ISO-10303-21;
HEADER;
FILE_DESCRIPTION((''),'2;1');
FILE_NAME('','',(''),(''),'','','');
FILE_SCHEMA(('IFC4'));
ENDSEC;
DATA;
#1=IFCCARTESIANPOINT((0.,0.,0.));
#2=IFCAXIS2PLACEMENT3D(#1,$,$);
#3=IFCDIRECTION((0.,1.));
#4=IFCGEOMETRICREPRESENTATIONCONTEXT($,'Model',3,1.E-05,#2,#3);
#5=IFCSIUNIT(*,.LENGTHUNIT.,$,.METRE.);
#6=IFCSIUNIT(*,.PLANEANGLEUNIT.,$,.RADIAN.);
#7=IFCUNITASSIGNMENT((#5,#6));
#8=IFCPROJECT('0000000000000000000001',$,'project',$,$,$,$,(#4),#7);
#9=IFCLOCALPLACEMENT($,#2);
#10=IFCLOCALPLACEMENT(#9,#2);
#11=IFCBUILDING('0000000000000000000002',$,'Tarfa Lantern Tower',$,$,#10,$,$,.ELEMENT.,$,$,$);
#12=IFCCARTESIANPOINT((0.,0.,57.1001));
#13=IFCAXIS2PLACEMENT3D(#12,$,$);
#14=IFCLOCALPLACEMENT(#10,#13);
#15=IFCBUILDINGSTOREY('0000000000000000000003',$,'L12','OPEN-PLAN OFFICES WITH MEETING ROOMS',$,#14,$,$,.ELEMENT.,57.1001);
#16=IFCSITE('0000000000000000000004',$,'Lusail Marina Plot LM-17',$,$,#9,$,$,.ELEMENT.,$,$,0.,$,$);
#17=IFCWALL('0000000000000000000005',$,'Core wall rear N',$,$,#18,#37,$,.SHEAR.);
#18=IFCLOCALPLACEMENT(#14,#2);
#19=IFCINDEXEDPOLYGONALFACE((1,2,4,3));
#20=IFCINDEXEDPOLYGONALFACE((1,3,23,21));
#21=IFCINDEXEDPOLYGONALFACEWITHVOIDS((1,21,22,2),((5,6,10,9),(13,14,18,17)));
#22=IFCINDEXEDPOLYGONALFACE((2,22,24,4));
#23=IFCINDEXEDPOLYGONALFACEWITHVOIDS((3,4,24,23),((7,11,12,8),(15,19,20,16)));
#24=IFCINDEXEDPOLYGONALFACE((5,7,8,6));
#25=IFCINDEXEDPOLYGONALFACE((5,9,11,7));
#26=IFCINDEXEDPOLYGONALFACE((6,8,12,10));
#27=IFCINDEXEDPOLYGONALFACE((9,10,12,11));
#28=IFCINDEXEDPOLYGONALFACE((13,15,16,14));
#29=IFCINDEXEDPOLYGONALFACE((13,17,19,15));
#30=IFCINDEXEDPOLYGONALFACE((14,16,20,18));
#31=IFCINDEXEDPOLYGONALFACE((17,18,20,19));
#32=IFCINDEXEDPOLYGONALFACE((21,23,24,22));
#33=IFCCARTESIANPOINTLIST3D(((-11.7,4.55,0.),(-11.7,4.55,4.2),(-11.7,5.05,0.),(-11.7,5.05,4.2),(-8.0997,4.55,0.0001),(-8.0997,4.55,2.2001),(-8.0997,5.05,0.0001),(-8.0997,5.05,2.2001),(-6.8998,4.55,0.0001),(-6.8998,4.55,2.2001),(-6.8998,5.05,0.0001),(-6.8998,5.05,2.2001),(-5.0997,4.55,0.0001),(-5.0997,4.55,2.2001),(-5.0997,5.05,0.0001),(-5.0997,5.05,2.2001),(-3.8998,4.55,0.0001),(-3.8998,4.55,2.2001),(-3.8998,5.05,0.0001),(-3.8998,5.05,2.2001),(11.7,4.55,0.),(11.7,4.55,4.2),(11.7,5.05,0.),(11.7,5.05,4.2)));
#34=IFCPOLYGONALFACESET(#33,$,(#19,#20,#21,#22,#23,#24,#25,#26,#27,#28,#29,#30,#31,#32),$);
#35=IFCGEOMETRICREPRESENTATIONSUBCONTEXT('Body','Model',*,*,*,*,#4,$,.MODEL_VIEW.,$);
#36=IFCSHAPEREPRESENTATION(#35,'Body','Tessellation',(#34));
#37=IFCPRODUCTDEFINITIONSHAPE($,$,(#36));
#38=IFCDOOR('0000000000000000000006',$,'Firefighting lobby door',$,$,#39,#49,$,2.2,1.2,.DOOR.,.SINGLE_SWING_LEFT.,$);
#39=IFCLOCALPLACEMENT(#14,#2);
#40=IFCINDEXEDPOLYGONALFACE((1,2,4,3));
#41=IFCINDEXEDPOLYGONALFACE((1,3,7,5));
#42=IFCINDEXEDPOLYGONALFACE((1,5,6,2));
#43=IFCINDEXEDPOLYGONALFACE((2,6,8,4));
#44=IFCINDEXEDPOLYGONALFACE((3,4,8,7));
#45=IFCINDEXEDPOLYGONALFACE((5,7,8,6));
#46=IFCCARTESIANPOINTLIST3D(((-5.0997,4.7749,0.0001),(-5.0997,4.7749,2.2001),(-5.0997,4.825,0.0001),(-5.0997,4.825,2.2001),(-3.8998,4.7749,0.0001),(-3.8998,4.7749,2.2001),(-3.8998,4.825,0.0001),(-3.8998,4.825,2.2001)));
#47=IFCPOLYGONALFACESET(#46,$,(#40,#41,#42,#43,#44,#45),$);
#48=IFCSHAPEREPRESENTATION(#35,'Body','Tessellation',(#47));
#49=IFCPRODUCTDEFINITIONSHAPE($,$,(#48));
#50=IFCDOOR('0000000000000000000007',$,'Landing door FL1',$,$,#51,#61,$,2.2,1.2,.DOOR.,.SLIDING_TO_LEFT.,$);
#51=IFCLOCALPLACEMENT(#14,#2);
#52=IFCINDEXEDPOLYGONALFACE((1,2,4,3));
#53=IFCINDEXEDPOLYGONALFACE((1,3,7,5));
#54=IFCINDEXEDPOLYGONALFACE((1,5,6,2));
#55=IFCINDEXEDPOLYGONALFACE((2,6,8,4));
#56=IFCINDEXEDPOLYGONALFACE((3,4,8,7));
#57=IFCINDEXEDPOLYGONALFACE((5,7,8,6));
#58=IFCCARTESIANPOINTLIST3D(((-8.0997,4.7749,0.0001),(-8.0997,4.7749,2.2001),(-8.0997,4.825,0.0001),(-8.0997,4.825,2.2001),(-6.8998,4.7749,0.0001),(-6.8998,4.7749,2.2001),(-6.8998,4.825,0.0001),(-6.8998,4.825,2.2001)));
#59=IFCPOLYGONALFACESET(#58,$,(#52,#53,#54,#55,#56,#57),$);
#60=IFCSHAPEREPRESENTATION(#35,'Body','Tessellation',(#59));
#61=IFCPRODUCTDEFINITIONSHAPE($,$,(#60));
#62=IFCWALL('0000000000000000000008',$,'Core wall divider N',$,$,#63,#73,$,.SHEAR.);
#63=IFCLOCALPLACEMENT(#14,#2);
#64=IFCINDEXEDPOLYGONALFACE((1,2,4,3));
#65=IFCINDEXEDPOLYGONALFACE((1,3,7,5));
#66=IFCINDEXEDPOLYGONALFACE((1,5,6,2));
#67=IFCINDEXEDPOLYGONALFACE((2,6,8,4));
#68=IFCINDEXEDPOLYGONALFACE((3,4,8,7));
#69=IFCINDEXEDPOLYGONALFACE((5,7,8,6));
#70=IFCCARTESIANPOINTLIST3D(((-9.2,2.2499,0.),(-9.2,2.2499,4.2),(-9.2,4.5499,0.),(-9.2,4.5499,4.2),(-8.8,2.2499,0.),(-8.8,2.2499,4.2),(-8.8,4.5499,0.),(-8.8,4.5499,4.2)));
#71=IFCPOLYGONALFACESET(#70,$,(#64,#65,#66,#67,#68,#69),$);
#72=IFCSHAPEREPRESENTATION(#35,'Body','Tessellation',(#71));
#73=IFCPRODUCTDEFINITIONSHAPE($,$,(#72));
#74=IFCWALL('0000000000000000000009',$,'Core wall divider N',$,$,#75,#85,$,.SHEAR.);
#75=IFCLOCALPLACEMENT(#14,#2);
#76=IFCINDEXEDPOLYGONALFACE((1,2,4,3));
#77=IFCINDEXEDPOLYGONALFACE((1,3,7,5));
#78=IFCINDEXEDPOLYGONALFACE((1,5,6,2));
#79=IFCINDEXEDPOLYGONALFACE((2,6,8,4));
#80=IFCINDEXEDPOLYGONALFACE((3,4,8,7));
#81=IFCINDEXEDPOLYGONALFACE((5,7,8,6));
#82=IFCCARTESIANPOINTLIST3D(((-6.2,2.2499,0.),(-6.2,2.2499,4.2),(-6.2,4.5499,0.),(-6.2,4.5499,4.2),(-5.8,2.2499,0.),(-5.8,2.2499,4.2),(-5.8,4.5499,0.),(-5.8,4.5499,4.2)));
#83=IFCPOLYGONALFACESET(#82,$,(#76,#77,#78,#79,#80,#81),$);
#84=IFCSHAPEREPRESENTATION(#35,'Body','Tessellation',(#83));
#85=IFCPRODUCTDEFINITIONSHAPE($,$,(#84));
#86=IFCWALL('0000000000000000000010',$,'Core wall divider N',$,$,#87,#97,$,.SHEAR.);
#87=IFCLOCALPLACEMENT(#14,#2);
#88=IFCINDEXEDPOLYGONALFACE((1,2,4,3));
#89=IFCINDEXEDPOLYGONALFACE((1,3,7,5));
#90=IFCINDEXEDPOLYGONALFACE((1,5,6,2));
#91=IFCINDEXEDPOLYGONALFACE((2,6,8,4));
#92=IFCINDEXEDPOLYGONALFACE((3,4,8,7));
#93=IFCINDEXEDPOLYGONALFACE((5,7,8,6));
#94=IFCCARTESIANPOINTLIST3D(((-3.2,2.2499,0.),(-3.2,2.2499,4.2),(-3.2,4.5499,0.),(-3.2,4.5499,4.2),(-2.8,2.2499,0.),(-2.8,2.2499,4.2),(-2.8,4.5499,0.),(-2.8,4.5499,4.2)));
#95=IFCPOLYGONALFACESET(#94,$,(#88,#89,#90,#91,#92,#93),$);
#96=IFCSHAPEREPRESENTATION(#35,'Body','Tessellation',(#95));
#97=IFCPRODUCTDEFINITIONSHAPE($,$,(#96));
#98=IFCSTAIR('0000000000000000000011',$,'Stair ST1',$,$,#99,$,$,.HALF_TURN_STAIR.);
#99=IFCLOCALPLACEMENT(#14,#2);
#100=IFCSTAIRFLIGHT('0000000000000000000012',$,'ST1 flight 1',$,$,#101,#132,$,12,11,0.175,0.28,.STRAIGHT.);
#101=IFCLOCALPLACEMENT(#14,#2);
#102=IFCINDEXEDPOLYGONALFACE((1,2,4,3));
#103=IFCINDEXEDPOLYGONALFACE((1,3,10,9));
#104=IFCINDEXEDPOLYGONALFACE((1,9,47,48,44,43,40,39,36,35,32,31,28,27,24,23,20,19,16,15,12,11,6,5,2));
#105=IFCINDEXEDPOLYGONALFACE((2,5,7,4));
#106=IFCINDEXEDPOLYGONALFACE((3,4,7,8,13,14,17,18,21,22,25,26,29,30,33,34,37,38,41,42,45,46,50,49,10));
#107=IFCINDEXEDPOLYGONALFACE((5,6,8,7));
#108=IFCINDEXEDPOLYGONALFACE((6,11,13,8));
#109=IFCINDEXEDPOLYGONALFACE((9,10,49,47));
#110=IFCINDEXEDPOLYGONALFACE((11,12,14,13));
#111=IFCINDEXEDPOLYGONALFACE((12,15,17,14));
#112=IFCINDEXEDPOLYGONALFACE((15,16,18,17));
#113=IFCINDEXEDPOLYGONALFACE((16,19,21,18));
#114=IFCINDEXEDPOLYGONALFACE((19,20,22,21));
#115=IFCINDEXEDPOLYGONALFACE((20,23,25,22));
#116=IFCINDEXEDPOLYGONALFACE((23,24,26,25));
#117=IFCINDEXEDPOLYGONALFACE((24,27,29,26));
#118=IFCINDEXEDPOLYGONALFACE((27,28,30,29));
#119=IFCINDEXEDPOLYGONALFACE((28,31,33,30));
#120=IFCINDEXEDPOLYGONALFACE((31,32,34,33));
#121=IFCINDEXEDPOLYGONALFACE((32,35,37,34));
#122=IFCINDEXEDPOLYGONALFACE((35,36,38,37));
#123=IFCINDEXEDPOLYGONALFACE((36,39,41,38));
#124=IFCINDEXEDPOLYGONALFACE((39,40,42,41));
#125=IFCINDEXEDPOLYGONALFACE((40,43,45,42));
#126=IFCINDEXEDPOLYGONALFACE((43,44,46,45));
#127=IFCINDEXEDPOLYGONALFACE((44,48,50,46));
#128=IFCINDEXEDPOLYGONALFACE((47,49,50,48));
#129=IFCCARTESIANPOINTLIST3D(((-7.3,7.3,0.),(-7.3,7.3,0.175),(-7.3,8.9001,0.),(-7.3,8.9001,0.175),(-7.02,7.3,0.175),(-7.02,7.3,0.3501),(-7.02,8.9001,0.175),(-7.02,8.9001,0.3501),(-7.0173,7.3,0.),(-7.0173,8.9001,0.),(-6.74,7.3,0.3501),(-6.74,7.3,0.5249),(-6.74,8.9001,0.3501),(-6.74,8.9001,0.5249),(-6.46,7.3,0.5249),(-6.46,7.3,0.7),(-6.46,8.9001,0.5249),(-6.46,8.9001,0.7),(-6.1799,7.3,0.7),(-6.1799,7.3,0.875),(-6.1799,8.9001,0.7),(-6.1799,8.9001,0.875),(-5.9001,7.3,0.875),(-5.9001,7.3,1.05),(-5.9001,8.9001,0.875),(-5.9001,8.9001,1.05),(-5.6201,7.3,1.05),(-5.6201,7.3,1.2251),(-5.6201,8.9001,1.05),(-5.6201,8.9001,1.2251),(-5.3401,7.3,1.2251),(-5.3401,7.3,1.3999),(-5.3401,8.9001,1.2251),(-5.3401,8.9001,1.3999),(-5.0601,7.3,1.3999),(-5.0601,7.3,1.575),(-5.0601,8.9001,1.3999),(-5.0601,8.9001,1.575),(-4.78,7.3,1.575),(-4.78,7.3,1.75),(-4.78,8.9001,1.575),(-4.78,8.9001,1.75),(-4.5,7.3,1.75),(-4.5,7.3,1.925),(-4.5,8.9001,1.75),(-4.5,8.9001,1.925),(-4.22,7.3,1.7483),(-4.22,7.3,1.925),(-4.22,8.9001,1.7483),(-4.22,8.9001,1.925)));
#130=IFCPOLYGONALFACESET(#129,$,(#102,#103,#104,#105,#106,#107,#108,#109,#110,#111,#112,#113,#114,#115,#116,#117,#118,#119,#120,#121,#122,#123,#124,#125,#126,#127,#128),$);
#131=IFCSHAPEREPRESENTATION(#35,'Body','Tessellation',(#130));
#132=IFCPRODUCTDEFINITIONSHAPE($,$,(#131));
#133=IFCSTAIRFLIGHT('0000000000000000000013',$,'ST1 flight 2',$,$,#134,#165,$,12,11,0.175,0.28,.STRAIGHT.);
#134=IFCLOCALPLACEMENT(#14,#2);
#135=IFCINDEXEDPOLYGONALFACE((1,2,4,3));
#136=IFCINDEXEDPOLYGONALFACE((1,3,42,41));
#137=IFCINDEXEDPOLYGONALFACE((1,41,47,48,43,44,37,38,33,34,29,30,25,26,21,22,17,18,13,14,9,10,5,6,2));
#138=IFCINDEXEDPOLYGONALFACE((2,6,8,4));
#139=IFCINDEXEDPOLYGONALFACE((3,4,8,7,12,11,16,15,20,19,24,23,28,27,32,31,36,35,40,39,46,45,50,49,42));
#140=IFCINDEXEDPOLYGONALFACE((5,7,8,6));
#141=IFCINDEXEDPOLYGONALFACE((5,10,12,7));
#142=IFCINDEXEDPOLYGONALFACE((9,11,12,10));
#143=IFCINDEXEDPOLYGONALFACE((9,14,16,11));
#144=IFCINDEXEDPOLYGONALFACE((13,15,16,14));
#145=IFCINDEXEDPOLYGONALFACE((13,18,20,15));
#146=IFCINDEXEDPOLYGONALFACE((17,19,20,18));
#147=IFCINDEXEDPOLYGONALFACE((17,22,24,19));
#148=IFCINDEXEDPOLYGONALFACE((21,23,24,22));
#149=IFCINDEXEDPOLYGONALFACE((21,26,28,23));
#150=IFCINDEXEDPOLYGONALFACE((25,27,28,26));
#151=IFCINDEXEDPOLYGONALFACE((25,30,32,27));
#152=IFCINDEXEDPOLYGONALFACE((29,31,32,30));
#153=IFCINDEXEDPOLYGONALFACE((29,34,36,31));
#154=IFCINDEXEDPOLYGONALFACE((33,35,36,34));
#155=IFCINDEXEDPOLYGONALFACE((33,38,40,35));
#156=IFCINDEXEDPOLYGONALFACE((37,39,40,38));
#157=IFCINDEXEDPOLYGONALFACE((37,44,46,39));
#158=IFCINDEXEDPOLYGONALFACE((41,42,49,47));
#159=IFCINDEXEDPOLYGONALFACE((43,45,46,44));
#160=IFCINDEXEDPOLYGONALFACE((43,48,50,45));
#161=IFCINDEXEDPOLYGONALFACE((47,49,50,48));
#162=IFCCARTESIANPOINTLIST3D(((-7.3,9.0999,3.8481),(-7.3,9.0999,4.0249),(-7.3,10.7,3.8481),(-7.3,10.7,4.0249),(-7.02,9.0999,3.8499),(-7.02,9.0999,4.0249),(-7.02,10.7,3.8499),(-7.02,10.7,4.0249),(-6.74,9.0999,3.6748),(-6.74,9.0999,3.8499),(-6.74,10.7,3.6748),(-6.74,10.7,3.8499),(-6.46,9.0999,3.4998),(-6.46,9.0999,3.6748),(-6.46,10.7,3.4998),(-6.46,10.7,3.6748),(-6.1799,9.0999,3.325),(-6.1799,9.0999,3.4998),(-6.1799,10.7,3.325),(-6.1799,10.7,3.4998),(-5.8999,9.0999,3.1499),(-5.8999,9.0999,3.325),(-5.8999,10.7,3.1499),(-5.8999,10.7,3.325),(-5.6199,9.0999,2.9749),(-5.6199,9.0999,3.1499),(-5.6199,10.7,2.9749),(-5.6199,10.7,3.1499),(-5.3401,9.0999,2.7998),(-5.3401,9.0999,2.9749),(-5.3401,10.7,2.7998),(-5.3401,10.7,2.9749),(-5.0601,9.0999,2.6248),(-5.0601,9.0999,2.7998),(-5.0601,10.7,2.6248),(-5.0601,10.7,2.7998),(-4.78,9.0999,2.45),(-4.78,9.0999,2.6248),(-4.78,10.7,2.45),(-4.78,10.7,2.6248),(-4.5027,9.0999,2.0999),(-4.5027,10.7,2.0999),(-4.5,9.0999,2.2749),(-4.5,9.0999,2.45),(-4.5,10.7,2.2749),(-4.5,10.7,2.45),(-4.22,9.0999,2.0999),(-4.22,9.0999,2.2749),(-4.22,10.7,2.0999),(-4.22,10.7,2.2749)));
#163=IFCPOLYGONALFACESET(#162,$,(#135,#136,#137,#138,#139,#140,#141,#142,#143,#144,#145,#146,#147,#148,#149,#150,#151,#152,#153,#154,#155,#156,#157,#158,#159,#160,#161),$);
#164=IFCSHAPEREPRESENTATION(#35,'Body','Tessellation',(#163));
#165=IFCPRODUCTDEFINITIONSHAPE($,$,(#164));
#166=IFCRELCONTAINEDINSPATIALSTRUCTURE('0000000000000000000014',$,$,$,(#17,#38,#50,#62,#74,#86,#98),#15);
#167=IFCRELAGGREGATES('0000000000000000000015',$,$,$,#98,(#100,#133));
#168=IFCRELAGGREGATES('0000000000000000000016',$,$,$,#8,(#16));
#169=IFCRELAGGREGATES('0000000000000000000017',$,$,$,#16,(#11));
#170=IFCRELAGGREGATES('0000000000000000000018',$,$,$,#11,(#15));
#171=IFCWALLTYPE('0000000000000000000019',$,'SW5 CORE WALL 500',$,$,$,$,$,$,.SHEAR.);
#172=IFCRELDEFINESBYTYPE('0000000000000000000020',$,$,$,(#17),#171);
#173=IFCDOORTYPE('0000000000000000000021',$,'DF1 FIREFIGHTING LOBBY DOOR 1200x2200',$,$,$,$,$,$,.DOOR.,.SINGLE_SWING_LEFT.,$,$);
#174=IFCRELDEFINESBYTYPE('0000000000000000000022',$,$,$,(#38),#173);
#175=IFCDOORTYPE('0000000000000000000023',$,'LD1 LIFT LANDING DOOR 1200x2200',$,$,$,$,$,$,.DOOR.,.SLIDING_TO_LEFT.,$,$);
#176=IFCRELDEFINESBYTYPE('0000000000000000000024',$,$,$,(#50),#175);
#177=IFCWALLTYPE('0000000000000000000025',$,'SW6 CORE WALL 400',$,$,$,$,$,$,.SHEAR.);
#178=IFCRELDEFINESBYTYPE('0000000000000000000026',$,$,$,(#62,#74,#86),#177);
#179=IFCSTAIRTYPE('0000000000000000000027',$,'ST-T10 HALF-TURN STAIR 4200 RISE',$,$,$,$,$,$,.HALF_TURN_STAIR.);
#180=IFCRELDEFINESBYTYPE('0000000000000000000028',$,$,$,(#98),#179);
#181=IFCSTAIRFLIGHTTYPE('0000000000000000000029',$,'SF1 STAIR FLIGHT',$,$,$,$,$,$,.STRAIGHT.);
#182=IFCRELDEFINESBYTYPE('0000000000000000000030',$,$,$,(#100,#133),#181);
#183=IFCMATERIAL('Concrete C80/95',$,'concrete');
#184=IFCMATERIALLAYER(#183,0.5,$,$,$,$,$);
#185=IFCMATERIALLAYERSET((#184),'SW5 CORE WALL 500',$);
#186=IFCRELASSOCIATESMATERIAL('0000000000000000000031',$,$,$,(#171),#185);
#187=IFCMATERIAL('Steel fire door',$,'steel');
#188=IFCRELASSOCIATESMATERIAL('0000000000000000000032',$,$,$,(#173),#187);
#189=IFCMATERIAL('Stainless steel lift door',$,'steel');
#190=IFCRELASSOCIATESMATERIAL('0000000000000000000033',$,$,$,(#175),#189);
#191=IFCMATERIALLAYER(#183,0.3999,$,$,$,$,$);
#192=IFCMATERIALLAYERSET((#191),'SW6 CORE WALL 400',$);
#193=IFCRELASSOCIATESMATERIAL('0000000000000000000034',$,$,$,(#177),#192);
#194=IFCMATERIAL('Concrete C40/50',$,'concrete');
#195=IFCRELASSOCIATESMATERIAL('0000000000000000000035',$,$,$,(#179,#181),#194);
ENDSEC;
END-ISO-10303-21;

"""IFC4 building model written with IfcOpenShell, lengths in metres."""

from ifc_helpers import new_model, si_unit, direction, frame, frame_2d, origin, place, context, subcontext, project, spatial, polyline, rectangle, outline, extrude, material, layer, layer_set, type_object, element, fill, aggregate, save


model = new_model("IFC4")

# Units and contexts
model_context = context("Model", 3, precision=1e-05, world=origin(), true_north=direction((0.0, 1.0)))
body_context = subcontext(model_context, "Body", "Model", "MODEL_VIEW")
ifc_project = project(units=[si_unit("LENGTHUNIT", "METRE"), si_unit("PLANEANGLEUNIT", "RADIAN")], contexts=[model_context])

# Site, building, storey
site_placement = place(None, origin())
site = spatial("IfcSite", under=ifc_project, at=site_placement, Name="Lusail Marina Plot LM-17", CompositionType="ELEMENT", RefElevation=0.0)
building_placement = place(site_placement, origin())
building = spatial("IfcBuilding", under=site, at=building_placement, Name="Tarfa Lantern Tower", CompositionType="ELEMENT")
storey_placement = place(building_placement, frame((0.0, 0.0, 57.1001)))
storey = spatial("IfcBuildingStorey", under=building, at=storey_placement, Name="L12", Description="OPEN-PLAN OFFICES WITH MEETING ROOMS", CompositionType="ELEMENT", Elevation=57.1001)

# Shared definitions
ifc_material_1 = material(Name="Concrete C80/95", Category="concrete")

# Shared definitions
ifc_material_2 = material(Name="Steel fire door", Category="steel")

# Wall, openings, doors
ifc_layer_1 = layer(ifc_material_1, 0.5)
ifc_layer_set_1 = layer_set([ifc_layer_1], Name="SW5 CORE WALL 500")
wall_type_1 = type_object("IfcWallType", Name="SW5 CORE WALL 500", PredefinedType="SHEAR", material=ifc_layer_set_1)
ifc_material_3 = material(Name="Stainless steel lift door", Category="steel")
wall_1_placement = place(storey_placement, frame((-11.7, 4.8, 0.0), z_axis=(0.0, 0.0, 1.0), x_axis=(1.0, 0.0, 0.0)))
wall_1 = element("IfcWall", 1, at=wall_1_placement, inside=storey, type_object=wall_type_1, Name="Core wall rear N", PredefinedType="SHEAR", context=body_context, shape_type="SweptSolid", body=[
    extrude(rectangle(XDim=23.3999, YDim=0.5, at=frame_2d((11.7, 0.0))), origin(), (0.0, 0.0, 1.0), 4.2),
])
opening_1_placement = place(wall_1_placement, frame((6.6001, 0.0, 0.0)))
opening_1 = element("IfcOpeningElement", 2, at=opening_1_placement, cuts=wall_1, PredefinedType="OPENING", context=body_context, shape_type="SweptSolid", body=[
    extrude(rectangle(XDim=1.2, YDim=2.2, at=frame_2d((0.6001, 1.1001))), frame((0.0, 0.26, 0.0), z_axis=(0.0, -1.0, 0.0), x_axis=(1.0, 0.0, 0.0)), (0.0, 0.0, 1.0), 0.52),
])
opening_2_placement = place(wall_1_placement, frame((3.6001, 0.0, 0.0)))
opening_2 = element("IfcOpeningElement", 3, at=opening_2_placement, cuts=wall_1, PredefinedType="OPENING", context=body_context, shape_type="SweptSolid", body=[
    extrude(rectangle(XDim=1.2, YDim=2.2, at=frame_2d((0.6001, 1.1001))), frame((0.0, 0.26, 0.0), z_axis=(0.0, -1.0, 0.0), x_axis=(1.0, 0.0, 0.0)), (0.0, 0.0, 1.0), 0.52),
])
door_type_1 = type_object("IfcDoorType", Name="DF1 FIREFIGHTING LOBBY DOOR 1200x2200", OperationType="SINGLE_SWING_LEFT", PredefinedType="DOOR", material=ifc_material_2)
door_1_placement = place(opening_1_placement, origin())
door_1 = element("IfcDoor", 4, at=door_1_placement, inside=storey, type_object=door_type_1, Name="Firefighting lobby door", OperationType="SINGLE_SWING_LEFT", OverallHeight=2.2, OverallWidth=1.2, PredefinedType="DOOR", context=body_context, shape_type="SweptSolid", body=[
    extrude(rectangle(XDim=1.2, YDim=2.2, at=frame_2d((0.6001, 1.1001))), frame((0.0, 0.0249, 0.0), z_axis=(0.0, -1.0, 0.0), x_axis=(1.0, 0.0, 0.0)), (0.0, 0.0, 1.0), 0.05),
])
fill(opening_1, door_1)
door_type_2 = type_object("IfcDoorType", Name="LD1 LIFT LANDING DOOR 1200x2200", OperationType="SLIDING_TO_LEFT", PredefinedType="DOOR", material=ifc_material_3)
door_2_placement = place(opening_2_placement, origin())
door_2 = element("IfcDoor", 5, at=door_2_placement, inside=storey, type_object=door_type_2, Name="Landing door FL1", OperationType="SLIDING_TO_LEFT", OverallHeight=2.2, OverallWidth=1.2, PredefinedType="DOOR", context=body_context, shape_type="SweptSolid", body=[
    extrude(rectangle(XDim=1.2, YDim=2.2, at=frame_2d((0.6001, 1.1001))), frame((0.0, 0.0249, 0.0), z_axis=(0.0, -1.0, 0.0), x_axis=(1.0, 0.0, 0.0)), (0.0, 0.0, 1.0), 0.05),
])
fill(opening_2, door_2)

# Walls
ifc_layer_2 = layer(ifc_material_1, 0.3999)
ifc_layer_set_2 = layer_set([ifc_layer_2], Name="SW6 CORE WALL 400")
wall_type_2 = type_object("IfcWallType", Name="SW6 CORE WALL 400", PredefinedType="SHEAR", material=ifc_layer_set_2)
for number, where, z_axis, x_axis, name in (
    (6, (-9.0, 2.25, 0.0), (0.0, 0.0, 1.0), (0.0, 1.0, 0.0), "Core wall divider N"),
    (7, (-6.0, 2.25, 0.0), (0.0, 0.0, 1.0), (0.0, 1.0, 0.0), "Core wall divider N"),
    (8, (-3.0, 2.25, 0.0), (0.0, 0.0, 1.0), (0.0, 1.0, 0.0), "Core wall divider N"),
):
    element("IfcWall", number, at=place(storey_placement, frame(where, z_axis=z_axis, x_axis=x_axis)), inside=storey, type_object=wall_type_2, Name=name, PredefinedType="SHEAR", context=body_context, shape_type="SweptSolid", body=[
        extrude(rectangle(XDim=2.3, YDim=0.3999, at=frame_2d((1.1499, 0.0))), origin(), (0.0, 0.0, 1.0), 4.2),
    ])

# Stair, stair flights
ifc_material_4 = material(Name="Concrete C40/50", Category="concrete")
stair_type = type_object("IfcStairType", Name="ST-T10 HALF-TURN STAIR 4200 RISE", PredefinedType="HALF_TURN_STAIR", material=ifc_material_4)
stair_placement = place(storey_placement, origin())
stair = element("IfcStair", 9, at=stair_placement, inside=storey, type_object=stair_type, Name="Stair ST1", PredefinedType="HALF_TURN_STAIR")
stair_flight_type = type_object("IfcStairFlightType", Name="SF1 STAIR FLIGHT", PredefinedType="STRAIGHT", material=ifc_material_4)
stair_flight_1_placement = place(storey_placement, frame((-7.3, 8.1001, 0.0), z_axis=(0.0, 0.0, 1.0), x_axis=(1.0, 0.0, 0.0)))
stair_flight_1 = element("IfcStairFlight", 10, at=stair_flight_1_placement, type_object=stair_flight_type, Name="ST1 flight 1", NumberOfRisers=12, NumberOfTreads=11, PredefinedType="STRAIGHT", RiserHeight=0.175, TreadLength=0.28, context=body_context, shape_type="SweptSolid", body=[
    extrude(outline(polyline([(0.0, 0.0), (0.0, 0.175), (0.28, 0.175), (0.28, 0.3501), (0.5601, 0.3501), (0.5601, 0.5249), (0.8401, 0.5249), (0.8401, 0.7), (1.1201, 0.7), (1.1201, 0.875), (1.3999, 0.875), (1.3999, 1.05), (1.6799, 1.05), (1.6799, 1.2251), (1.96, 1.2251), (1.96, 1.3999), (2.24, 1.3999), (2.24, 1.575), (2.52, 1.575), (2.52, 1.75), (2.8, 1.75), (2.8, 1.925), (3.0801, 1.925), (3.0801, 2.1001), (3.0801, 1.7483), (0.2827, 0.0), (0.0, 0.0)])), frame((0.0, 0.8, 0.0), z_axis=(0.0, -1.0, 0.0), x_axis=(1.0, 0.0, 0.0)), (0.0, 0.0, 1.0), 1.6001),
])
stair_flight_2_placement = place(storey_placement, frame((-4.22, 9.8999, 2.0999), z_axis=(0.0, 0.0, 1.0), x_axis=(-1.0, 0.0, 0.0)))
stair_flight_2 = element("IfcStairFlight", 11, at=stair_flight_2_placement, type_object=stair_flight_type, Name="ST1 flight 2", NumberOfRisers=12, NumberOfTreads=11, PredefinedType="STRAIGHT", RiserHeight=0.175, TreadLength=0.28, context=body_context, shape_type="SweptSolid", body=[
    extrude(outline(polyline([(0.0, 0.0), (0.0, 0.175), (0.28, 0.175), (0.28, 0.3501), (0.5601, 0.3501), (0.5601, 0.5249), (0.8401, 0.5249), (0.8401, 0.7), (1.1201, 0.7), (1.1201, 0.875), (1.3999, 0.875), (1.3999, 1.05), (1.6799, 1.05), (1.6799, 1.2251), (1.96, 1.2251), (1.96, 1.3999), (2.24, 1.3999), (2.24, 1.575), (2.52, 1.575), (2.52, 1.75), (2.8, 1.75), (2.8, 1.925), (3.0801, 1.925), (3.0801, 2.1001), (3.0801, 1.7483), (0.2827, 0.0), (0.0, 0.0)])), frame((0.0, 0.8, 0.0), z_axis=(0.0, -1.0, 0.0), x_axis=(1.0, 0.0, 0.0)), (0.0, 0.0, 1.0), 1.6001),
])
aggregate(stair, [stair_flight_1, stair_flight_2])

save(model, "model.ifc")
